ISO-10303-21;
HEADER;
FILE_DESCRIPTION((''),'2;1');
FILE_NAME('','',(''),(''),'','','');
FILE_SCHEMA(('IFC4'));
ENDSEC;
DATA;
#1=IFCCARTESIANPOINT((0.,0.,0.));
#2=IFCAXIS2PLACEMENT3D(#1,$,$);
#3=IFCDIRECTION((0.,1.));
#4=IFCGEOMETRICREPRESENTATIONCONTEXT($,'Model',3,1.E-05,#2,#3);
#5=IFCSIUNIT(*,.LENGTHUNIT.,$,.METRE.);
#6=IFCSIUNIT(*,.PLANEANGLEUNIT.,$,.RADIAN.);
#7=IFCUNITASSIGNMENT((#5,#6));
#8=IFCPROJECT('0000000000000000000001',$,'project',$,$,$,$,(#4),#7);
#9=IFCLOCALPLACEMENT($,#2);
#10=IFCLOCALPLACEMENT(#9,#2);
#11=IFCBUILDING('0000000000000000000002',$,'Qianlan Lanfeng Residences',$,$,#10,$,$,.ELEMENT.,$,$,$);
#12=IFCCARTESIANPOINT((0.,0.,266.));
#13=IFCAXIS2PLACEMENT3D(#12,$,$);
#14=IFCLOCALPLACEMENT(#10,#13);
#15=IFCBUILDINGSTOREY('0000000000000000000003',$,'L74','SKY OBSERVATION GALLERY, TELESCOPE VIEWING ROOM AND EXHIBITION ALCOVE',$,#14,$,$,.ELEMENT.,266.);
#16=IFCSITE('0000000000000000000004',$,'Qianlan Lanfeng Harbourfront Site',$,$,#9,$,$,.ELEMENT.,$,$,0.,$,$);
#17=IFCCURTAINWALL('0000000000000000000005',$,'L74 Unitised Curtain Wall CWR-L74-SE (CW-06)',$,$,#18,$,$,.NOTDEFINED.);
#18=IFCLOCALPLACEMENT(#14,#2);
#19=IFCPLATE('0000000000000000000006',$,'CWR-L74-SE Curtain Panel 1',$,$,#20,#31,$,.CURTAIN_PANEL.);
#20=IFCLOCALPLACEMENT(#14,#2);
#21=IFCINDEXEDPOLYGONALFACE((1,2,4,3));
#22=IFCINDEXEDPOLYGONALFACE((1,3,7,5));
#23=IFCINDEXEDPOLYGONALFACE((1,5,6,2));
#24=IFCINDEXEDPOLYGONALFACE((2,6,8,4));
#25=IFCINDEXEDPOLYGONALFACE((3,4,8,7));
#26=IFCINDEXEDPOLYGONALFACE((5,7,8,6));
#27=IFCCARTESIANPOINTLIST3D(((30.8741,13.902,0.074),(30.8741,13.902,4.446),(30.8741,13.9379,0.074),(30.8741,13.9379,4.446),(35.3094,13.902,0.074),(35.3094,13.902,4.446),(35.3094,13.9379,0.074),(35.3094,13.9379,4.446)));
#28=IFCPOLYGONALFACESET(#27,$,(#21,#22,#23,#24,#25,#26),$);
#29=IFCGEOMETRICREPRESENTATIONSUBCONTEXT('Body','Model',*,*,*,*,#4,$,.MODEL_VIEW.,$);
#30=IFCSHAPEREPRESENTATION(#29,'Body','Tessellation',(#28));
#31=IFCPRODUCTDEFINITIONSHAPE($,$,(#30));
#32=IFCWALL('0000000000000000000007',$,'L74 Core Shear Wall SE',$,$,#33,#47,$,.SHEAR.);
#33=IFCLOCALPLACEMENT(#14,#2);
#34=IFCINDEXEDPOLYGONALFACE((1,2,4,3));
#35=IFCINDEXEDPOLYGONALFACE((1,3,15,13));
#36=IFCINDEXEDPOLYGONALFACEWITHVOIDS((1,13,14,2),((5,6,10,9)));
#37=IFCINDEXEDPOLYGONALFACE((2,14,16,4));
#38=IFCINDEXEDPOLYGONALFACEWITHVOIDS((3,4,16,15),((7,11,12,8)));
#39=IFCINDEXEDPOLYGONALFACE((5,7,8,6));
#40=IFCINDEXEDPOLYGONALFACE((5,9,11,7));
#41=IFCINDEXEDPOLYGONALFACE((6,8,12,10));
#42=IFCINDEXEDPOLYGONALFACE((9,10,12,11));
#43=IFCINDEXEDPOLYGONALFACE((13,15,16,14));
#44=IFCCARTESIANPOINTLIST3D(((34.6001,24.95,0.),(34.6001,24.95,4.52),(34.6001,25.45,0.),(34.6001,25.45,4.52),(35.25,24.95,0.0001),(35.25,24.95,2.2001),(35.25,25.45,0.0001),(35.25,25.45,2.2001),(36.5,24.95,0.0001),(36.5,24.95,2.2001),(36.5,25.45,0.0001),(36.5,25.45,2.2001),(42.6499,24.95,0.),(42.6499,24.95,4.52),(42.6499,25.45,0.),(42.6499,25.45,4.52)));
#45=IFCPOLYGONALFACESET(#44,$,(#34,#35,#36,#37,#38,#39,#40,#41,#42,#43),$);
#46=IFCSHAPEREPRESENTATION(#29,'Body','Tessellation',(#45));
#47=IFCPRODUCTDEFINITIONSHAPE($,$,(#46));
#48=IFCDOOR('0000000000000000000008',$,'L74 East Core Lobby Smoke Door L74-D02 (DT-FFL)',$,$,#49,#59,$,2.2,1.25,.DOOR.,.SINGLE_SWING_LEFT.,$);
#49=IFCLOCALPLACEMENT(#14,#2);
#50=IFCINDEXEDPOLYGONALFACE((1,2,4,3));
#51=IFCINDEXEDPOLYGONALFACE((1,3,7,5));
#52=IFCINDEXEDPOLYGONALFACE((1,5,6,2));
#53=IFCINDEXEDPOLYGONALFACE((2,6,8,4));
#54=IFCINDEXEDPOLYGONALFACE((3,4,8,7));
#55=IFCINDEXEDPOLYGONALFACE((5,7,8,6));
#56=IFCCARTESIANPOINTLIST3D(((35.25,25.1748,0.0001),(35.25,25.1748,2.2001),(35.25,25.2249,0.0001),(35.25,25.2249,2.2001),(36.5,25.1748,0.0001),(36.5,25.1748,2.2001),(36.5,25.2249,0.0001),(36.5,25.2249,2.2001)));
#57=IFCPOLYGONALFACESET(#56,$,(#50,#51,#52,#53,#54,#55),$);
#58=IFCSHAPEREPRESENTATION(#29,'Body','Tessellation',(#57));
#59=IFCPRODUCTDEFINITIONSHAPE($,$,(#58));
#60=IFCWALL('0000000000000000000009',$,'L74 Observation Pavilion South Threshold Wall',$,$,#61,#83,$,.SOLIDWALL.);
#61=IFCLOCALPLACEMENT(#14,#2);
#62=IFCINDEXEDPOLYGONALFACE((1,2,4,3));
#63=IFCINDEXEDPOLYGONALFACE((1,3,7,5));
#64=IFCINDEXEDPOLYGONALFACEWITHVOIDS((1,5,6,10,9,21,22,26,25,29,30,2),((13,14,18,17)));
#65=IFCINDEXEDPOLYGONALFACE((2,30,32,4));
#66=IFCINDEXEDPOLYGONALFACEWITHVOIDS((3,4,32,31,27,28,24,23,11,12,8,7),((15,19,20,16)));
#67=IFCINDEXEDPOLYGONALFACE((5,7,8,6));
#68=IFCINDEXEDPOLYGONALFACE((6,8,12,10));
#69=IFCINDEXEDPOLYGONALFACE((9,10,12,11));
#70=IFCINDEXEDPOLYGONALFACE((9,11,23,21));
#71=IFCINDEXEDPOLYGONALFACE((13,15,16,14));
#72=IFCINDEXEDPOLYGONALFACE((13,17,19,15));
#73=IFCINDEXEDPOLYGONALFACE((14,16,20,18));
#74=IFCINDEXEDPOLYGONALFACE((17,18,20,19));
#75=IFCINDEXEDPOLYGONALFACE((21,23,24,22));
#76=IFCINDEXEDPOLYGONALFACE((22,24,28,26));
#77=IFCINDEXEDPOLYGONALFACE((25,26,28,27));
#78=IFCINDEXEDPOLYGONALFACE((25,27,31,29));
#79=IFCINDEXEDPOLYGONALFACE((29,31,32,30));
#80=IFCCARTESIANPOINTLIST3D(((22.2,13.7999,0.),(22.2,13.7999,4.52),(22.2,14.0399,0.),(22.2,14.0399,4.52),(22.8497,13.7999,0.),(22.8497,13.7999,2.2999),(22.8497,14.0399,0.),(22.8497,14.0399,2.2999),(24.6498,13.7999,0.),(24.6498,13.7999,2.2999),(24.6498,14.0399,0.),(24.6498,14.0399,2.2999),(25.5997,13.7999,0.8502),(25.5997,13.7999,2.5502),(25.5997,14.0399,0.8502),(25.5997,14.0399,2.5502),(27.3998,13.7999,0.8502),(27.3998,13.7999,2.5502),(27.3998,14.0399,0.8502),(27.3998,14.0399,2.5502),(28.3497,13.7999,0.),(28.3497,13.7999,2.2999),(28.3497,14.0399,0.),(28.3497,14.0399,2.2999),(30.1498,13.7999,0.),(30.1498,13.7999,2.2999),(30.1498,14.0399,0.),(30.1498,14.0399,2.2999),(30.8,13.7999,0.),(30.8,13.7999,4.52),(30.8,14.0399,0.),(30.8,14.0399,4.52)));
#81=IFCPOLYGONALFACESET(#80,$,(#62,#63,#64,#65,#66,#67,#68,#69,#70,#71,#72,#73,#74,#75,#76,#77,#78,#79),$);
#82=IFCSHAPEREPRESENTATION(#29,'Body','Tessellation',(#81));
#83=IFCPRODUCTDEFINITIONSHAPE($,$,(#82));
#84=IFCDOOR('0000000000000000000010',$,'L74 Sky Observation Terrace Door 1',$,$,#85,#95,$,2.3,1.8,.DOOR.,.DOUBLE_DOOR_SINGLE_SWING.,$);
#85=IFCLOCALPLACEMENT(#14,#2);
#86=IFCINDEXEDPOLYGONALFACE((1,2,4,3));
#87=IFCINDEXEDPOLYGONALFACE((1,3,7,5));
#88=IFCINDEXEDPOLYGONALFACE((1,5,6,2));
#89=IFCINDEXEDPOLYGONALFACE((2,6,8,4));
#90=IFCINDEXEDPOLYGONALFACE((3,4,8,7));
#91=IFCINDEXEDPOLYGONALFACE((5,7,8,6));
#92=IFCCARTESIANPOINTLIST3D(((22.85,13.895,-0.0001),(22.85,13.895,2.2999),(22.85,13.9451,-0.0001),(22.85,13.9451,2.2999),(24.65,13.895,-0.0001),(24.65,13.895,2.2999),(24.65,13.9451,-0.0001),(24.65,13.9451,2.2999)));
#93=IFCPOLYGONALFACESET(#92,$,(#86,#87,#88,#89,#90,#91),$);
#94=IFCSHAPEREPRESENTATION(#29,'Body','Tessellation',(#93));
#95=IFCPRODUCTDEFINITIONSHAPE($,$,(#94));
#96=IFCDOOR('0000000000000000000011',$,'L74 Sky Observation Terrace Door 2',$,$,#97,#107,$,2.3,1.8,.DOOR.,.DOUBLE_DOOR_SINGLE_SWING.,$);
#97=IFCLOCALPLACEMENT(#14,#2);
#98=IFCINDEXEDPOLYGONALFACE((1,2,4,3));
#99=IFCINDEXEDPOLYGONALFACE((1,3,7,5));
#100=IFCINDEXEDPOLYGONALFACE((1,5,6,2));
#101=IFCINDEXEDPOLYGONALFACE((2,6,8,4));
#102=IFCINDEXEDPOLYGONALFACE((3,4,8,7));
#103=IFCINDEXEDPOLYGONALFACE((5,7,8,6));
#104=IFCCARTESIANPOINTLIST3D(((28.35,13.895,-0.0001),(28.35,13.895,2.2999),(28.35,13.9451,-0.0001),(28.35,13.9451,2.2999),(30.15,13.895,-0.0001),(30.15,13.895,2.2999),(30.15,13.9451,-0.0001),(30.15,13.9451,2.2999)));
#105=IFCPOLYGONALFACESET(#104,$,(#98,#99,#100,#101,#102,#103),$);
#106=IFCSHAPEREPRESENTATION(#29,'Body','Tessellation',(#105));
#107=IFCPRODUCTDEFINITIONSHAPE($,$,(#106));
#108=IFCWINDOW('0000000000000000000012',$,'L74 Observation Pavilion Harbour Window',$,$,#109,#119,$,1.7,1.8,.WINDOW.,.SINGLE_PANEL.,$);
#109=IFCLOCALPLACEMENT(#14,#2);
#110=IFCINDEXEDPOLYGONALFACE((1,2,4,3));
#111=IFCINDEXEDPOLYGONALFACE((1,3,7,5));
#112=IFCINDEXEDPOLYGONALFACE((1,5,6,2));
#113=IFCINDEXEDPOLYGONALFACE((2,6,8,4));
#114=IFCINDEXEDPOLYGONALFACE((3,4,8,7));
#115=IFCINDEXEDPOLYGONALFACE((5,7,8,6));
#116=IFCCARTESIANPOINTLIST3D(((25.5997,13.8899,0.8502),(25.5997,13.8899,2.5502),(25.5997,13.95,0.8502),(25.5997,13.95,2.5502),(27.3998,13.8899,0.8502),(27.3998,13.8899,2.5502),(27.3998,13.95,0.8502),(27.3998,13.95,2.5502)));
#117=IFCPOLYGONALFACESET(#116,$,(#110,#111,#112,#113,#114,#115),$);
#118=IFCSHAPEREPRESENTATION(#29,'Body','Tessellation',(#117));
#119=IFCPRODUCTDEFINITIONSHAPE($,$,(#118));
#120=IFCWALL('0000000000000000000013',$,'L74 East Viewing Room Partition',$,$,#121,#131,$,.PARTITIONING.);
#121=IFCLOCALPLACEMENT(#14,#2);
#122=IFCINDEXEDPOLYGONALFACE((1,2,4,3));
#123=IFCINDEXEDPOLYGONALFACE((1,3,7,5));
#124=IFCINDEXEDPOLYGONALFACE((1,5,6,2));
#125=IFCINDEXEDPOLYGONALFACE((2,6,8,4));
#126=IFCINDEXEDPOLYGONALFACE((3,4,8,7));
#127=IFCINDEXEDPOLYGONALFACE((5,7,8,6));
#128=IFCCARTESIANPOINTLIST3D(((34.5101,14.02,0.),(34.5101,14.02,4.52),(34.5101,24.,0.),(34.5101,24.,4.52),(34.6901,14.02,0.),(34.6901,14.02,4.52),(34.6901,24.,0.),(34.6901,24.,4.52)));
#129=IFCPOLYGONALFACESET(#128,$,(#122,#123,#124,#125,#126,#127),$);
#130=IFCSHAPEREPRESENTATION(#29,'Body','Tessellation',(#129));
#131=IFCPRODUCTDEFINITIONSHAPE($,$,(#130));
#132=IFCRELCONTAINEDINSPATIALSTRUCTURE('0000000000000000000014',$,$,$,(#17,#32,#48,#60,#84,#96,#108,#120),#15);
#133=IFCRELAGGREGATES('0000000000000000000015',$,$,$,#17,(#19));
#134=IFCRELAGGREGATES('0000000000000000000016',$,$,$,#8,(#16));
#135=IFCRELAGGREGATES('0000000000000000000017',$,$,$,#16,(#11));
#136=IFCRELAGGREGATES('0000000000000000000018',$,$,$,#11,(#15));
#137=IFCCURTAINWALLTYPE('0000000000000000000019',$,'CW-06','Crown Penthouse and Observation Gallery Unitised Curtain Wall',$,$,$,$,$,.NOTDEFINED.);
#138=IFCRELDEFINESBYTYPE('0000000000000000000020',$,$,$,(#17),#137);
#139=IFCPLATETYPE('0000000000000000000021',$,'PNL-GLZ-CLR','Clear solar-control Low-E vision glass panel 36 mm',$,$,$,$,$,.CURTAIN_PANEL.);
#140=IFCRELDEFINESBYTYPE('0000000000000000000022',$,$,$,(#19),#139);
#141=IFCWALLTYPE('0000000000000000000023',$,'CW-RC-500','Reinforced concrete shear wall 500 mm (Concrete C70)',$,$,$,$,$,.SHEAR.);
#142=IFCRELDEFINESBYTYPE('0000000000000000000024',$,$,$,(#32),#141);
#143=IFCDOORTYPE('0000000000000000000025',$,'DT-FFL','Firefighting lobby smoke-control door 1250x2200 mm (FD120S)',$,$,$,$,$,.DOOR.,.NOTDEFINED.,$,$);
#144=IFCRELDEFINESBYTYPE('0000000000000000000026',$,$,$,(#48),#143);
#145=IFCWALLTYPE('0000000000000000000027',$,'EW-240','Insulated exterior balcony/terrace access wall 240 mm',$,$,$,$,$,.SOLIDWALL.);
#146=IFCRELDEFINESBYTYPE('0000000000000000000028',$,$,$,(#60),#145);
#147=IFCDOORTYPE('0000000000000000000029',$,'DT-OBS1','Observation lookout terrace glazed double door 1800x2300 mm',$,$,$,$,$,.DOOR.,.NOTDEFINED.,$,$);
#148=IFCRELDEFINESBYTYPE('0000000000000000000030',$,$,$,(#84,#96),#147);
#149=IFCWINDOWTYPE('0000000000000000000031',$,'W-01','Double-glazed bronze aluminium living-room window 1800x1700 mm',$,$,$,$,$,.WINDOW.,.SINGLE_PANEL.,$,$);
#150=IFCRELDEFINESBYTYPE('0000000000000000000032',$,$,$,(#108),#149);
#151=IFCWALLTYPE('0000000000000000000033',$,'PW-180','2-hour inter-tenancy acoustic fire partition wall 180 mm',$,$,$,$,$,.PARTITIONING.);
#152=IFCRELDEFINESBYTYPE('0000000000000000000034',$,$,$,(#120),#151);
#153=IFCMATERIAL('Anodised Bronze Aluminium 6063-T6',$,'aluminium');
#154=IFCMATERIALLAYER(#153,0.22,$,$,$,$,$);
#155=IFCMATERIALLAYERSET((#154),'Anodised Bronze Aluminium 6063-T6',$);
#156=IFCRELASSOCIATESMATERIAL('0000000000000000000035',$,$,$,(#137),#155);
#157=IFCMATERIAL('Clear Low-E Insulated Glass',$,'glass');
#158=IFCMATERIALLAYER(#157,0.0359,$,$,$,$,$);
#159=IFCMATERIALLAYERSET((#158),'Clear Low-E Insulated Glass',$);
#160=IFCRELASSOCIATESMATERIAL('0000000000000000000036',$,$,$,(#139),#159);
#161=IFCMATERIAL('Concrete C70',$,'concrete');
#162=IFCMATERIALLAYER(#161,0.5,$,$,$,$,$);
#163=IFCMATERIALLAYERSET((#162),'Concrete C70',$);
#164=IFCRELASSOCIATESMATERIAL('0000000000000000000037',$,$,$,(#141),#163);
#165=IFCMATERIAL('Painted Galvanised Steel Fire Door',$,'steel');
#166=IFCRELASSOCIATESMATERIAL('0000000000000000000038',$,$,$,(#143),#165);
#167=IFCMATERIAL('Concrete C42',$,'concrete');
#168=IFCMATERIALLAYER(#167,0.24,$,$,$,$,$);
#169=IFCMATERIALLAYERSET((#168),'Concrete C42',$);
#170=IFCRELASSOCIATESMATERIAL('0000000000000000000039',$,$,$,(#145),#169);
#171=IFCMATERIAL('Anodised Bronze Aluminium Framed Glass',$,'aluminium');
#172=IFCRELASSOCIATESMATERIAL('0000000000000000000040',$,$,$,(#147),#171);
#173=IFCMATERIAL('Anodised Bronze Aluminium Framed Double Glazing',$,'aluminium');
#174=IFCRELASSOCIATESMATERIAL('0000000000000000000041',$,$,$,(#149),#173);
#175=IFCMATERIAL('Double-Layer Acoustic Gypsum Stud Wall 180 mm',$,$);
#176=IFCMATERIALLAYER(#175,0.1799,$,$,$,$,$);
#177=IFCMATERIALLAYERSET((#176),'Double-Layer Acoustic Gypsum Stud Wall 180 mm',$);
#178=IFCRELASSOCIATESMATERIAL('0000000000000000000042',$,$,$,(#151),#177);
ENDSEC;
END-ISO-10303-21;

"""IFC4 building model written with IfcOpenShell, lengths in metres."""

from ifc_helpers import new_model, si_unit, direction, frame, frame_2d, origin, origin_2d, place, context, subcontext, project, spatial, rectangle, extrude, source, transform, mapped, material, layer, layer_set, type_object, element, fill, aggregate, save


model = new_model("IFC4")

# Units and contexts
model_context = context("Model", 3, precision=1e-05, world=origin(), true_north=direction((0.0, 1.0)))
body_context = subcontext(model_context, "Body", "Model", "MODEL_VIEW")
ifc_project = project(units=[si_unit("LENGTHUNIT", "METRE"), si_unit("PLANEANGLEUNIT", "RADIAN")], contexts=[model_context])

# Site, building, storey
site_placement = place(None, origin())
site = spatial("IfcSite", under=ifc_project, at=site_placement, Name="Qianlan Lanfeng Harbourfront Site", CompositionType="ELEMENT", RefElevation=0.0)
building_placement = place(site_placement, origin())
building = spatial("IfcBuilding", under=site, at=building_placement, Name="Qianlan Lanfeng Residences", CompositionType="ELEMENT")
storey_placement = place(building_placement, frame((0.0, 0.0, 266.0)))
storey = spatial("IfcBuildingStorey", under=building, at=storey_placement, Name="L74", Description="SKY OBSERVATION GALLERY, TELESCOPE VIEWING ROOM AND EXHIBITION ALCOVE", CompositionType="ELEMENT", Elevation=266.0)

# Shared definitions
ifc_material_1 = material(Name="Anodised Bronze Aluminium 6063-T6", Category="aluminium")
ifc_layer_1 = layer(ifc_material_1, 0.22)
ifc_layer_set_1 = layer_set([ifc_layer_1], Name="Anodised Bronze Aluminium 6063-T6")
curtain_wall_type = type_object("IfcCurtainWallType", Name="CW-06", Description="Crown Penthouse and Observation Gallery Unitised Curtain Wall", PredefinedType="NOTDEFINED", material=ifc_layer_set_1)

# Curtain wall
curtain_wall_1_placement = place(storey_placement, origin())
curtain_wall_1 = element("IfcCurtainWall", 1, at=curtain_wall_1_placement, inside=storey, type_object=curtain_wall_type, Name="L74 Unitised Curtain Wall CWR-L74-SE (CW-06)", PredefinedType="NOTDEFINED")

# Plate
ifc_material_2 = material(Name="Clear Low-E Insulated Glass", Category="glass")
ifc_layer_2 = layer(ifc_material_2, 0.0359)
ifc_layer_set_2 = layer_set([ifc_layer_2], Name="Clear Low-E Insulated Glass")
plate_type = type_object("IfcPlateType", Name="PNL-GLZ-CLR", Description="Clear solar-control Low-E vision glass panel 36 mm", PredefinedType="CURTAIN_PANEL", material=ifc_layer_set_2)
shared_shape_1 = source(origin(), body_context, "Body", "SweptSolid", [
    extrude(rectangle(XDim=4.4353, YDim=0.0359, at=origin_2d()), origin(), (0.0, 0.0, 1.0), 4.3721),
])
plate_1_placement = place(storey_placement, frame((33.0918, 13.9199, 0.074), z_axis=(0.0, 0.0, 1.0), x_axis=(1.0, 0.0, 0.0)))
plate_1 = element("IfcPlate", 2, at=plate_1_placement, type_object=plate_type, Name="CWR-L74-SE Curtain Panel 1", PredefinedType="CURTAIN_PANEL", context=body_context, shape_type="MappedRepresentation", body=[
    mapped(shared_shape_1, transform((0.0, 0.0, 0.0), scale=1.0)),
])
aggregate(curtain_wall_1, [plate_1])

# Wall, opening, door
ifc_material_3 = material(Name="Concrete C70", Category="concrete")
ifc_layer_3 = layer(ifc_material_3, 0.5)
ifc_layer_set_3 = layer_set([ifc_layer_3], Name="Concrete C70")
wall_type_1 = type_object("IfcWallType", Name="CW-RC-500", Description="Reinforced concrete shear wall 500 mm (Concrete C70)", PredefinedType="SHEAR", material=ifc_layer_set_3)
wall_1_placement = place(storey_placement, frame((34.6001, 25.2, 0.0), z_axis=(0.0, 0.0, 1.0), x_axis=(1.0, 0.0, 0.0)))
wall_1 = element("IfcWall", 3, at=wall_1_placement, inside=storey, type_object=wall_type_1, Name="L74 Core Shear Wall SE", PredefinedType="SHEAR", context=body_context, shape_type="SweptSolid", body=[
    extrude(rectangle(XDim=8.0498, YDim=0.5, at=frame_2d((4.0249, 0.0))), origin(), (0.0, 0.0, 1.0), 4.52),
])
opening_1_placement = place(wall_1_placement, frame((0.6499, 0.0, 0.0)))
opening_1 = element("IfcOpeningElement", 4, at=opening_1_placement, cuts=wall_1, PredefinedType="OPENING", context=body_context, shape_type="SweptSolid", body=[
    extrude(rectangle(XDim=1.25, YDim=2.2, at=frame_2d((0.625, 1.1001))), frame((0.0, 0.26, 0.0), z_axis=(0.0, -1.0, 0.0), x_axis=(1.0, 0.0, 0.0)), (0.0, 0.0, 1.0), 0.52),
])
ifc_material_4 = material(Name="Painted Galvanised Steel Fire Door", Category="steel")
door_type_1 = type_object("IfcDoorType", Name="DT-FFL", Description="Firefighting lobby smoke-control door 1250x2200 mm (FD120S)", OperationType="NOTDEFINED", PredefinedType="DOOR", material=ifc_material_4)
door_1_placement = place(opening_1_placement, origin())
door_1 = element("IfcDoor", 5, at=door_1_placement, inside=storey, type_object=door_type_1, Name="L74 East Core Lobby Smoke Door L74-D02 (DT-FFL)", OperationType="SINGLE_SWING_LEFT", OverallHeight=2.2, OverallWidth=1.25, PredefinedType="DOOR", context=body_context, shape_type="SweptSolid", body=[
    extrude(rectangle(XDim=1.25, YDim=2.2, at=frame_2d((0.625, 1.1001))), frame((0.0, 0.0249, 0.0), z_axis=(0.0, -1.0, 0.0), x_axis=(1.0, 0.0, 0.0)), (0.0, 0.0, 1.0), 0.05),
])
fill(opening_1, door_1)

# Wall, openings, doors, window
ifc_material_5 = material(Name="Concrete C42", Category="concrete")
ifc_layer_4 = layer(ifc_material_5, 0.24)
ifc_layer_set_4 = layer_set([ifc_layer_4], Name="Concrete C42")
wall_type_2 = type_object("IfcWallType", Name="EW-240", Description="Insulated exterior balcony/terrace access wall 240 mm", PredefinedType="SOLIDWALL", material=ifc_layer_set_4)
wall_2_placement = place(storey_placement, frame((22.2, 13.9199, 0.0), z_axis=(0.0, 0.0, 1.0), x_axis=(1.0, 0.0, 0.0)))
wall_2 = element("IfcWall", 6, at=wall_2_placement, inside=storey, type_object=wall_type_2, Name="L74 Observation Pavilion South Threshold Wall", PredefinedType="SOLIDWALL", context=body_context, shape_type="SweptSolid", body=[
    extrude(rectangle(XDim=8.6001, YDim=0.24, at=frame_2d((4.3, 0.0))), origin(), (0.0, 0.0, 1.0), 4.52),
])
opening_2_placement = place(wall_2_placement, frame((0.6499, 0.0, 0.0)))
opening_2 = element("IfcOpeningElement", 7, at=opening_2_placement, cuts=wall_2, PredefinedType="OPENING", context=body_context, shape_type="SweptSolid", body=[
    extrude(rectangle(XDim=1.8, YDim=2.3, at=frame_2d((0.8999, 1.1499))), frame((0.0, 0.1299, 0.0), z_axis=(0.0, -1.0, 0.0), x_axis=(1.0, 0.0, 0.0)), (0.0, 0.0, 1.0), 0.26),
])
opening_3_placement = place(wall_2_placement, frame((6.1499, 0.0, 0.0)))
opening_3 = element("IfcOpeningElement", 8, at=opening_3_placement, cuts=wall_2, PredefinedType="OPENING", context=body_context, shape_type="SweptSolid", body=[
    extrude(rectangle(XDim=1.8, YDim=2.3, at=frame_2d((0.8999, 1.1499))), frame((0.0, 0.1299, 0.0), z_axis=(0.0, -1.0, 0.0), x_axis=(1.0, 0.0, 0.0)), (0.0, 0.0, 1.0), 0.26),
])
opening_4_placement = place(wall_2_placement, frame((3.3999, 0.0, 0.8501)))
opening_4 = element("IfcOpeningElement", 9, at=opening_4_placement, cuts=wall_2, PredefinedType="OPENING", context=body_context, shape_type="SweptSolid", body=[
    extrude(rectangle(XDim=1.8, YDim=1.7, at=frame_2d((0.8999, 0.8501))), frame((0.0, 0.1299, 0.0), z_axis=(0.0, -1.0, 0.0), x_axis=(1.0, 0.0, 0.0)), (0.0, 0.0, 1.0), 0.26),
])
ifc_material_6 = material(Name="Anodised Bronze Aluminium Framed Glass", Category="aluminium")
door_type_2 = type_object("IfcDoorType", Name="DT-OBS1", Description="Observation lookout terrace glazed double door 1800x2300 mm", OperationType="NOTDEFINED", PredefinedType="DOOR", material=ifc_material_6)
door_2_placement = place(opening_2_placement, frame((1.8, 0.0, 0.0), z_axis=(0.0, 0.0, 1.0), x_axis=(-1.0, 0.0, 0.0)))
door_2 = element("IfcDoor", 10, at=door_2_placement, inside=storey, type_object=door_type_2, Name="L74 Sky Observation Terrace Door 1", OperationType="DOUBLE_DOOR_SINGLE_SWING", OverallHeight=2.3, OverallWidth=1.8, PredefinedType="DOOR", context=body_context, shape_type="SweptSolid", body=[
    extrude(rectangle(XDim=1.8, YDim=2.3, at=frame_2d((0.8999, 1.1499))), frame((0.0, 0.0249, 0.0), z_axis=(0.0, -1.0, 0.0), x_axis=(1.0, 0.0, 0.0)), (0.0, 0.0, 1.0), 0.05),
])
fill(opening_2, door_2)
door_3_placement = place(opening_3_placement, frame((1.8, 0.0, 0.0), z_axis=(0.0, 0.0, 1.0), x_axis=(-1.0, 0.0, 0.0)))
door_3 = element("IfcDoor", 11, at=door_3_placement, inside=storey, type_object=door_type_2, Name="L74 Sky Observation Terrace Door 2", OperationType="DOUBLE_DOOR_SINGLE_SWING", OverallHeight=2.3, OverallWidth=1.8, PredefinedType="DOOR", context=body_context, shape_type="SweptSolid", body=[
    extrude(rectangle(XDim=1.8, YDim=2.3, at=frame_2d((0.8999, 1.1499))), frame((0.0, 0.0249, 0.0), z_axis=(0.0, -1.0, 0.0), x_axis=(1.0, 0.0, 0.0)), (0.0, 0.0, 1.0), 0.05),
])
fill(opening_3, door_3)
ifc_material_7 = material(Name="Anodised Bronze Aluminium Framed Double Glazing", Category="aluminium")
window_type = type_object("IfcWindowType", Name="W-01", Description="Double-glazed bronze aluminium living-room window 1800x1700 mm", PartitioningType="SINGLE_PANEL", PredefinedType="WINDOW", material=ifc_material_7)
window_placement = place(opening_4_placement, origin())
window = element("IfcWindow", 12, at=window_placement, inside=storey, type_object=window_type, Name="L74 Observation Pavilion Harbour Window", OverallHeight=1.7, OverallWidth=1.8, PartitioningType="SINGLE_PANEL", PredefinedType="WINDOW", context=body_context, shape_type="SweptSolid", body=[
    extrude(rectangle(XDim=1.8, YDim=1.7, at=frame_2d((0.8999, 0.8501))), frame((0.0, 0.03, 0.0), z_axis=(0.0, -1.0, 0.0), x_axis=(1.0, 0.0, 0.0)), (0.0, 0.0, 1.0), 0.0601),
])
fill(opening_4, window)

# Wall
ifc_material_8 = material(Name="Double-Layer Acoustic Gypsum Stud Wall 180 mm")
ifc_layer_5 = layer(ifc_material_8, 0.1799)
ifc_layer_set_5 = layer_set([ifc_layer_5], Name="Double-Layer Acoustic Gypsum Stud Wall 180 mm")
wall_type_3 = type_object("IfcWallType", Name="PW-180", Description="2-hour inter-tenancy acoustic fire partition wall 180 mm", PredefinedType="PARTITIONING", material=ifc_layer_set_5)
wall_3_placement = place(storey_placement, frame((34.6001, 14.02, 0.0), z_axis=(0.0, 0.0, 1.0), x_axis=(0.0, 1.0, 0.0)))
element("IfcWall", 13, at=wall_3_placement, inside=storey, type_object=wall_type_3, Name="L74 East Viewing Room Partition", PredefinedType="PARTITIONING", context=body_context, shape_type="SweptSolid", body=[
    extrude(rectangle(XDim=9.98, YDim=0.1799, at=frame_2d((4.99, 0.0))), origin(), (0.0, 0.0, 1.0), 4.52),
])

save(model, "model.ifc")
